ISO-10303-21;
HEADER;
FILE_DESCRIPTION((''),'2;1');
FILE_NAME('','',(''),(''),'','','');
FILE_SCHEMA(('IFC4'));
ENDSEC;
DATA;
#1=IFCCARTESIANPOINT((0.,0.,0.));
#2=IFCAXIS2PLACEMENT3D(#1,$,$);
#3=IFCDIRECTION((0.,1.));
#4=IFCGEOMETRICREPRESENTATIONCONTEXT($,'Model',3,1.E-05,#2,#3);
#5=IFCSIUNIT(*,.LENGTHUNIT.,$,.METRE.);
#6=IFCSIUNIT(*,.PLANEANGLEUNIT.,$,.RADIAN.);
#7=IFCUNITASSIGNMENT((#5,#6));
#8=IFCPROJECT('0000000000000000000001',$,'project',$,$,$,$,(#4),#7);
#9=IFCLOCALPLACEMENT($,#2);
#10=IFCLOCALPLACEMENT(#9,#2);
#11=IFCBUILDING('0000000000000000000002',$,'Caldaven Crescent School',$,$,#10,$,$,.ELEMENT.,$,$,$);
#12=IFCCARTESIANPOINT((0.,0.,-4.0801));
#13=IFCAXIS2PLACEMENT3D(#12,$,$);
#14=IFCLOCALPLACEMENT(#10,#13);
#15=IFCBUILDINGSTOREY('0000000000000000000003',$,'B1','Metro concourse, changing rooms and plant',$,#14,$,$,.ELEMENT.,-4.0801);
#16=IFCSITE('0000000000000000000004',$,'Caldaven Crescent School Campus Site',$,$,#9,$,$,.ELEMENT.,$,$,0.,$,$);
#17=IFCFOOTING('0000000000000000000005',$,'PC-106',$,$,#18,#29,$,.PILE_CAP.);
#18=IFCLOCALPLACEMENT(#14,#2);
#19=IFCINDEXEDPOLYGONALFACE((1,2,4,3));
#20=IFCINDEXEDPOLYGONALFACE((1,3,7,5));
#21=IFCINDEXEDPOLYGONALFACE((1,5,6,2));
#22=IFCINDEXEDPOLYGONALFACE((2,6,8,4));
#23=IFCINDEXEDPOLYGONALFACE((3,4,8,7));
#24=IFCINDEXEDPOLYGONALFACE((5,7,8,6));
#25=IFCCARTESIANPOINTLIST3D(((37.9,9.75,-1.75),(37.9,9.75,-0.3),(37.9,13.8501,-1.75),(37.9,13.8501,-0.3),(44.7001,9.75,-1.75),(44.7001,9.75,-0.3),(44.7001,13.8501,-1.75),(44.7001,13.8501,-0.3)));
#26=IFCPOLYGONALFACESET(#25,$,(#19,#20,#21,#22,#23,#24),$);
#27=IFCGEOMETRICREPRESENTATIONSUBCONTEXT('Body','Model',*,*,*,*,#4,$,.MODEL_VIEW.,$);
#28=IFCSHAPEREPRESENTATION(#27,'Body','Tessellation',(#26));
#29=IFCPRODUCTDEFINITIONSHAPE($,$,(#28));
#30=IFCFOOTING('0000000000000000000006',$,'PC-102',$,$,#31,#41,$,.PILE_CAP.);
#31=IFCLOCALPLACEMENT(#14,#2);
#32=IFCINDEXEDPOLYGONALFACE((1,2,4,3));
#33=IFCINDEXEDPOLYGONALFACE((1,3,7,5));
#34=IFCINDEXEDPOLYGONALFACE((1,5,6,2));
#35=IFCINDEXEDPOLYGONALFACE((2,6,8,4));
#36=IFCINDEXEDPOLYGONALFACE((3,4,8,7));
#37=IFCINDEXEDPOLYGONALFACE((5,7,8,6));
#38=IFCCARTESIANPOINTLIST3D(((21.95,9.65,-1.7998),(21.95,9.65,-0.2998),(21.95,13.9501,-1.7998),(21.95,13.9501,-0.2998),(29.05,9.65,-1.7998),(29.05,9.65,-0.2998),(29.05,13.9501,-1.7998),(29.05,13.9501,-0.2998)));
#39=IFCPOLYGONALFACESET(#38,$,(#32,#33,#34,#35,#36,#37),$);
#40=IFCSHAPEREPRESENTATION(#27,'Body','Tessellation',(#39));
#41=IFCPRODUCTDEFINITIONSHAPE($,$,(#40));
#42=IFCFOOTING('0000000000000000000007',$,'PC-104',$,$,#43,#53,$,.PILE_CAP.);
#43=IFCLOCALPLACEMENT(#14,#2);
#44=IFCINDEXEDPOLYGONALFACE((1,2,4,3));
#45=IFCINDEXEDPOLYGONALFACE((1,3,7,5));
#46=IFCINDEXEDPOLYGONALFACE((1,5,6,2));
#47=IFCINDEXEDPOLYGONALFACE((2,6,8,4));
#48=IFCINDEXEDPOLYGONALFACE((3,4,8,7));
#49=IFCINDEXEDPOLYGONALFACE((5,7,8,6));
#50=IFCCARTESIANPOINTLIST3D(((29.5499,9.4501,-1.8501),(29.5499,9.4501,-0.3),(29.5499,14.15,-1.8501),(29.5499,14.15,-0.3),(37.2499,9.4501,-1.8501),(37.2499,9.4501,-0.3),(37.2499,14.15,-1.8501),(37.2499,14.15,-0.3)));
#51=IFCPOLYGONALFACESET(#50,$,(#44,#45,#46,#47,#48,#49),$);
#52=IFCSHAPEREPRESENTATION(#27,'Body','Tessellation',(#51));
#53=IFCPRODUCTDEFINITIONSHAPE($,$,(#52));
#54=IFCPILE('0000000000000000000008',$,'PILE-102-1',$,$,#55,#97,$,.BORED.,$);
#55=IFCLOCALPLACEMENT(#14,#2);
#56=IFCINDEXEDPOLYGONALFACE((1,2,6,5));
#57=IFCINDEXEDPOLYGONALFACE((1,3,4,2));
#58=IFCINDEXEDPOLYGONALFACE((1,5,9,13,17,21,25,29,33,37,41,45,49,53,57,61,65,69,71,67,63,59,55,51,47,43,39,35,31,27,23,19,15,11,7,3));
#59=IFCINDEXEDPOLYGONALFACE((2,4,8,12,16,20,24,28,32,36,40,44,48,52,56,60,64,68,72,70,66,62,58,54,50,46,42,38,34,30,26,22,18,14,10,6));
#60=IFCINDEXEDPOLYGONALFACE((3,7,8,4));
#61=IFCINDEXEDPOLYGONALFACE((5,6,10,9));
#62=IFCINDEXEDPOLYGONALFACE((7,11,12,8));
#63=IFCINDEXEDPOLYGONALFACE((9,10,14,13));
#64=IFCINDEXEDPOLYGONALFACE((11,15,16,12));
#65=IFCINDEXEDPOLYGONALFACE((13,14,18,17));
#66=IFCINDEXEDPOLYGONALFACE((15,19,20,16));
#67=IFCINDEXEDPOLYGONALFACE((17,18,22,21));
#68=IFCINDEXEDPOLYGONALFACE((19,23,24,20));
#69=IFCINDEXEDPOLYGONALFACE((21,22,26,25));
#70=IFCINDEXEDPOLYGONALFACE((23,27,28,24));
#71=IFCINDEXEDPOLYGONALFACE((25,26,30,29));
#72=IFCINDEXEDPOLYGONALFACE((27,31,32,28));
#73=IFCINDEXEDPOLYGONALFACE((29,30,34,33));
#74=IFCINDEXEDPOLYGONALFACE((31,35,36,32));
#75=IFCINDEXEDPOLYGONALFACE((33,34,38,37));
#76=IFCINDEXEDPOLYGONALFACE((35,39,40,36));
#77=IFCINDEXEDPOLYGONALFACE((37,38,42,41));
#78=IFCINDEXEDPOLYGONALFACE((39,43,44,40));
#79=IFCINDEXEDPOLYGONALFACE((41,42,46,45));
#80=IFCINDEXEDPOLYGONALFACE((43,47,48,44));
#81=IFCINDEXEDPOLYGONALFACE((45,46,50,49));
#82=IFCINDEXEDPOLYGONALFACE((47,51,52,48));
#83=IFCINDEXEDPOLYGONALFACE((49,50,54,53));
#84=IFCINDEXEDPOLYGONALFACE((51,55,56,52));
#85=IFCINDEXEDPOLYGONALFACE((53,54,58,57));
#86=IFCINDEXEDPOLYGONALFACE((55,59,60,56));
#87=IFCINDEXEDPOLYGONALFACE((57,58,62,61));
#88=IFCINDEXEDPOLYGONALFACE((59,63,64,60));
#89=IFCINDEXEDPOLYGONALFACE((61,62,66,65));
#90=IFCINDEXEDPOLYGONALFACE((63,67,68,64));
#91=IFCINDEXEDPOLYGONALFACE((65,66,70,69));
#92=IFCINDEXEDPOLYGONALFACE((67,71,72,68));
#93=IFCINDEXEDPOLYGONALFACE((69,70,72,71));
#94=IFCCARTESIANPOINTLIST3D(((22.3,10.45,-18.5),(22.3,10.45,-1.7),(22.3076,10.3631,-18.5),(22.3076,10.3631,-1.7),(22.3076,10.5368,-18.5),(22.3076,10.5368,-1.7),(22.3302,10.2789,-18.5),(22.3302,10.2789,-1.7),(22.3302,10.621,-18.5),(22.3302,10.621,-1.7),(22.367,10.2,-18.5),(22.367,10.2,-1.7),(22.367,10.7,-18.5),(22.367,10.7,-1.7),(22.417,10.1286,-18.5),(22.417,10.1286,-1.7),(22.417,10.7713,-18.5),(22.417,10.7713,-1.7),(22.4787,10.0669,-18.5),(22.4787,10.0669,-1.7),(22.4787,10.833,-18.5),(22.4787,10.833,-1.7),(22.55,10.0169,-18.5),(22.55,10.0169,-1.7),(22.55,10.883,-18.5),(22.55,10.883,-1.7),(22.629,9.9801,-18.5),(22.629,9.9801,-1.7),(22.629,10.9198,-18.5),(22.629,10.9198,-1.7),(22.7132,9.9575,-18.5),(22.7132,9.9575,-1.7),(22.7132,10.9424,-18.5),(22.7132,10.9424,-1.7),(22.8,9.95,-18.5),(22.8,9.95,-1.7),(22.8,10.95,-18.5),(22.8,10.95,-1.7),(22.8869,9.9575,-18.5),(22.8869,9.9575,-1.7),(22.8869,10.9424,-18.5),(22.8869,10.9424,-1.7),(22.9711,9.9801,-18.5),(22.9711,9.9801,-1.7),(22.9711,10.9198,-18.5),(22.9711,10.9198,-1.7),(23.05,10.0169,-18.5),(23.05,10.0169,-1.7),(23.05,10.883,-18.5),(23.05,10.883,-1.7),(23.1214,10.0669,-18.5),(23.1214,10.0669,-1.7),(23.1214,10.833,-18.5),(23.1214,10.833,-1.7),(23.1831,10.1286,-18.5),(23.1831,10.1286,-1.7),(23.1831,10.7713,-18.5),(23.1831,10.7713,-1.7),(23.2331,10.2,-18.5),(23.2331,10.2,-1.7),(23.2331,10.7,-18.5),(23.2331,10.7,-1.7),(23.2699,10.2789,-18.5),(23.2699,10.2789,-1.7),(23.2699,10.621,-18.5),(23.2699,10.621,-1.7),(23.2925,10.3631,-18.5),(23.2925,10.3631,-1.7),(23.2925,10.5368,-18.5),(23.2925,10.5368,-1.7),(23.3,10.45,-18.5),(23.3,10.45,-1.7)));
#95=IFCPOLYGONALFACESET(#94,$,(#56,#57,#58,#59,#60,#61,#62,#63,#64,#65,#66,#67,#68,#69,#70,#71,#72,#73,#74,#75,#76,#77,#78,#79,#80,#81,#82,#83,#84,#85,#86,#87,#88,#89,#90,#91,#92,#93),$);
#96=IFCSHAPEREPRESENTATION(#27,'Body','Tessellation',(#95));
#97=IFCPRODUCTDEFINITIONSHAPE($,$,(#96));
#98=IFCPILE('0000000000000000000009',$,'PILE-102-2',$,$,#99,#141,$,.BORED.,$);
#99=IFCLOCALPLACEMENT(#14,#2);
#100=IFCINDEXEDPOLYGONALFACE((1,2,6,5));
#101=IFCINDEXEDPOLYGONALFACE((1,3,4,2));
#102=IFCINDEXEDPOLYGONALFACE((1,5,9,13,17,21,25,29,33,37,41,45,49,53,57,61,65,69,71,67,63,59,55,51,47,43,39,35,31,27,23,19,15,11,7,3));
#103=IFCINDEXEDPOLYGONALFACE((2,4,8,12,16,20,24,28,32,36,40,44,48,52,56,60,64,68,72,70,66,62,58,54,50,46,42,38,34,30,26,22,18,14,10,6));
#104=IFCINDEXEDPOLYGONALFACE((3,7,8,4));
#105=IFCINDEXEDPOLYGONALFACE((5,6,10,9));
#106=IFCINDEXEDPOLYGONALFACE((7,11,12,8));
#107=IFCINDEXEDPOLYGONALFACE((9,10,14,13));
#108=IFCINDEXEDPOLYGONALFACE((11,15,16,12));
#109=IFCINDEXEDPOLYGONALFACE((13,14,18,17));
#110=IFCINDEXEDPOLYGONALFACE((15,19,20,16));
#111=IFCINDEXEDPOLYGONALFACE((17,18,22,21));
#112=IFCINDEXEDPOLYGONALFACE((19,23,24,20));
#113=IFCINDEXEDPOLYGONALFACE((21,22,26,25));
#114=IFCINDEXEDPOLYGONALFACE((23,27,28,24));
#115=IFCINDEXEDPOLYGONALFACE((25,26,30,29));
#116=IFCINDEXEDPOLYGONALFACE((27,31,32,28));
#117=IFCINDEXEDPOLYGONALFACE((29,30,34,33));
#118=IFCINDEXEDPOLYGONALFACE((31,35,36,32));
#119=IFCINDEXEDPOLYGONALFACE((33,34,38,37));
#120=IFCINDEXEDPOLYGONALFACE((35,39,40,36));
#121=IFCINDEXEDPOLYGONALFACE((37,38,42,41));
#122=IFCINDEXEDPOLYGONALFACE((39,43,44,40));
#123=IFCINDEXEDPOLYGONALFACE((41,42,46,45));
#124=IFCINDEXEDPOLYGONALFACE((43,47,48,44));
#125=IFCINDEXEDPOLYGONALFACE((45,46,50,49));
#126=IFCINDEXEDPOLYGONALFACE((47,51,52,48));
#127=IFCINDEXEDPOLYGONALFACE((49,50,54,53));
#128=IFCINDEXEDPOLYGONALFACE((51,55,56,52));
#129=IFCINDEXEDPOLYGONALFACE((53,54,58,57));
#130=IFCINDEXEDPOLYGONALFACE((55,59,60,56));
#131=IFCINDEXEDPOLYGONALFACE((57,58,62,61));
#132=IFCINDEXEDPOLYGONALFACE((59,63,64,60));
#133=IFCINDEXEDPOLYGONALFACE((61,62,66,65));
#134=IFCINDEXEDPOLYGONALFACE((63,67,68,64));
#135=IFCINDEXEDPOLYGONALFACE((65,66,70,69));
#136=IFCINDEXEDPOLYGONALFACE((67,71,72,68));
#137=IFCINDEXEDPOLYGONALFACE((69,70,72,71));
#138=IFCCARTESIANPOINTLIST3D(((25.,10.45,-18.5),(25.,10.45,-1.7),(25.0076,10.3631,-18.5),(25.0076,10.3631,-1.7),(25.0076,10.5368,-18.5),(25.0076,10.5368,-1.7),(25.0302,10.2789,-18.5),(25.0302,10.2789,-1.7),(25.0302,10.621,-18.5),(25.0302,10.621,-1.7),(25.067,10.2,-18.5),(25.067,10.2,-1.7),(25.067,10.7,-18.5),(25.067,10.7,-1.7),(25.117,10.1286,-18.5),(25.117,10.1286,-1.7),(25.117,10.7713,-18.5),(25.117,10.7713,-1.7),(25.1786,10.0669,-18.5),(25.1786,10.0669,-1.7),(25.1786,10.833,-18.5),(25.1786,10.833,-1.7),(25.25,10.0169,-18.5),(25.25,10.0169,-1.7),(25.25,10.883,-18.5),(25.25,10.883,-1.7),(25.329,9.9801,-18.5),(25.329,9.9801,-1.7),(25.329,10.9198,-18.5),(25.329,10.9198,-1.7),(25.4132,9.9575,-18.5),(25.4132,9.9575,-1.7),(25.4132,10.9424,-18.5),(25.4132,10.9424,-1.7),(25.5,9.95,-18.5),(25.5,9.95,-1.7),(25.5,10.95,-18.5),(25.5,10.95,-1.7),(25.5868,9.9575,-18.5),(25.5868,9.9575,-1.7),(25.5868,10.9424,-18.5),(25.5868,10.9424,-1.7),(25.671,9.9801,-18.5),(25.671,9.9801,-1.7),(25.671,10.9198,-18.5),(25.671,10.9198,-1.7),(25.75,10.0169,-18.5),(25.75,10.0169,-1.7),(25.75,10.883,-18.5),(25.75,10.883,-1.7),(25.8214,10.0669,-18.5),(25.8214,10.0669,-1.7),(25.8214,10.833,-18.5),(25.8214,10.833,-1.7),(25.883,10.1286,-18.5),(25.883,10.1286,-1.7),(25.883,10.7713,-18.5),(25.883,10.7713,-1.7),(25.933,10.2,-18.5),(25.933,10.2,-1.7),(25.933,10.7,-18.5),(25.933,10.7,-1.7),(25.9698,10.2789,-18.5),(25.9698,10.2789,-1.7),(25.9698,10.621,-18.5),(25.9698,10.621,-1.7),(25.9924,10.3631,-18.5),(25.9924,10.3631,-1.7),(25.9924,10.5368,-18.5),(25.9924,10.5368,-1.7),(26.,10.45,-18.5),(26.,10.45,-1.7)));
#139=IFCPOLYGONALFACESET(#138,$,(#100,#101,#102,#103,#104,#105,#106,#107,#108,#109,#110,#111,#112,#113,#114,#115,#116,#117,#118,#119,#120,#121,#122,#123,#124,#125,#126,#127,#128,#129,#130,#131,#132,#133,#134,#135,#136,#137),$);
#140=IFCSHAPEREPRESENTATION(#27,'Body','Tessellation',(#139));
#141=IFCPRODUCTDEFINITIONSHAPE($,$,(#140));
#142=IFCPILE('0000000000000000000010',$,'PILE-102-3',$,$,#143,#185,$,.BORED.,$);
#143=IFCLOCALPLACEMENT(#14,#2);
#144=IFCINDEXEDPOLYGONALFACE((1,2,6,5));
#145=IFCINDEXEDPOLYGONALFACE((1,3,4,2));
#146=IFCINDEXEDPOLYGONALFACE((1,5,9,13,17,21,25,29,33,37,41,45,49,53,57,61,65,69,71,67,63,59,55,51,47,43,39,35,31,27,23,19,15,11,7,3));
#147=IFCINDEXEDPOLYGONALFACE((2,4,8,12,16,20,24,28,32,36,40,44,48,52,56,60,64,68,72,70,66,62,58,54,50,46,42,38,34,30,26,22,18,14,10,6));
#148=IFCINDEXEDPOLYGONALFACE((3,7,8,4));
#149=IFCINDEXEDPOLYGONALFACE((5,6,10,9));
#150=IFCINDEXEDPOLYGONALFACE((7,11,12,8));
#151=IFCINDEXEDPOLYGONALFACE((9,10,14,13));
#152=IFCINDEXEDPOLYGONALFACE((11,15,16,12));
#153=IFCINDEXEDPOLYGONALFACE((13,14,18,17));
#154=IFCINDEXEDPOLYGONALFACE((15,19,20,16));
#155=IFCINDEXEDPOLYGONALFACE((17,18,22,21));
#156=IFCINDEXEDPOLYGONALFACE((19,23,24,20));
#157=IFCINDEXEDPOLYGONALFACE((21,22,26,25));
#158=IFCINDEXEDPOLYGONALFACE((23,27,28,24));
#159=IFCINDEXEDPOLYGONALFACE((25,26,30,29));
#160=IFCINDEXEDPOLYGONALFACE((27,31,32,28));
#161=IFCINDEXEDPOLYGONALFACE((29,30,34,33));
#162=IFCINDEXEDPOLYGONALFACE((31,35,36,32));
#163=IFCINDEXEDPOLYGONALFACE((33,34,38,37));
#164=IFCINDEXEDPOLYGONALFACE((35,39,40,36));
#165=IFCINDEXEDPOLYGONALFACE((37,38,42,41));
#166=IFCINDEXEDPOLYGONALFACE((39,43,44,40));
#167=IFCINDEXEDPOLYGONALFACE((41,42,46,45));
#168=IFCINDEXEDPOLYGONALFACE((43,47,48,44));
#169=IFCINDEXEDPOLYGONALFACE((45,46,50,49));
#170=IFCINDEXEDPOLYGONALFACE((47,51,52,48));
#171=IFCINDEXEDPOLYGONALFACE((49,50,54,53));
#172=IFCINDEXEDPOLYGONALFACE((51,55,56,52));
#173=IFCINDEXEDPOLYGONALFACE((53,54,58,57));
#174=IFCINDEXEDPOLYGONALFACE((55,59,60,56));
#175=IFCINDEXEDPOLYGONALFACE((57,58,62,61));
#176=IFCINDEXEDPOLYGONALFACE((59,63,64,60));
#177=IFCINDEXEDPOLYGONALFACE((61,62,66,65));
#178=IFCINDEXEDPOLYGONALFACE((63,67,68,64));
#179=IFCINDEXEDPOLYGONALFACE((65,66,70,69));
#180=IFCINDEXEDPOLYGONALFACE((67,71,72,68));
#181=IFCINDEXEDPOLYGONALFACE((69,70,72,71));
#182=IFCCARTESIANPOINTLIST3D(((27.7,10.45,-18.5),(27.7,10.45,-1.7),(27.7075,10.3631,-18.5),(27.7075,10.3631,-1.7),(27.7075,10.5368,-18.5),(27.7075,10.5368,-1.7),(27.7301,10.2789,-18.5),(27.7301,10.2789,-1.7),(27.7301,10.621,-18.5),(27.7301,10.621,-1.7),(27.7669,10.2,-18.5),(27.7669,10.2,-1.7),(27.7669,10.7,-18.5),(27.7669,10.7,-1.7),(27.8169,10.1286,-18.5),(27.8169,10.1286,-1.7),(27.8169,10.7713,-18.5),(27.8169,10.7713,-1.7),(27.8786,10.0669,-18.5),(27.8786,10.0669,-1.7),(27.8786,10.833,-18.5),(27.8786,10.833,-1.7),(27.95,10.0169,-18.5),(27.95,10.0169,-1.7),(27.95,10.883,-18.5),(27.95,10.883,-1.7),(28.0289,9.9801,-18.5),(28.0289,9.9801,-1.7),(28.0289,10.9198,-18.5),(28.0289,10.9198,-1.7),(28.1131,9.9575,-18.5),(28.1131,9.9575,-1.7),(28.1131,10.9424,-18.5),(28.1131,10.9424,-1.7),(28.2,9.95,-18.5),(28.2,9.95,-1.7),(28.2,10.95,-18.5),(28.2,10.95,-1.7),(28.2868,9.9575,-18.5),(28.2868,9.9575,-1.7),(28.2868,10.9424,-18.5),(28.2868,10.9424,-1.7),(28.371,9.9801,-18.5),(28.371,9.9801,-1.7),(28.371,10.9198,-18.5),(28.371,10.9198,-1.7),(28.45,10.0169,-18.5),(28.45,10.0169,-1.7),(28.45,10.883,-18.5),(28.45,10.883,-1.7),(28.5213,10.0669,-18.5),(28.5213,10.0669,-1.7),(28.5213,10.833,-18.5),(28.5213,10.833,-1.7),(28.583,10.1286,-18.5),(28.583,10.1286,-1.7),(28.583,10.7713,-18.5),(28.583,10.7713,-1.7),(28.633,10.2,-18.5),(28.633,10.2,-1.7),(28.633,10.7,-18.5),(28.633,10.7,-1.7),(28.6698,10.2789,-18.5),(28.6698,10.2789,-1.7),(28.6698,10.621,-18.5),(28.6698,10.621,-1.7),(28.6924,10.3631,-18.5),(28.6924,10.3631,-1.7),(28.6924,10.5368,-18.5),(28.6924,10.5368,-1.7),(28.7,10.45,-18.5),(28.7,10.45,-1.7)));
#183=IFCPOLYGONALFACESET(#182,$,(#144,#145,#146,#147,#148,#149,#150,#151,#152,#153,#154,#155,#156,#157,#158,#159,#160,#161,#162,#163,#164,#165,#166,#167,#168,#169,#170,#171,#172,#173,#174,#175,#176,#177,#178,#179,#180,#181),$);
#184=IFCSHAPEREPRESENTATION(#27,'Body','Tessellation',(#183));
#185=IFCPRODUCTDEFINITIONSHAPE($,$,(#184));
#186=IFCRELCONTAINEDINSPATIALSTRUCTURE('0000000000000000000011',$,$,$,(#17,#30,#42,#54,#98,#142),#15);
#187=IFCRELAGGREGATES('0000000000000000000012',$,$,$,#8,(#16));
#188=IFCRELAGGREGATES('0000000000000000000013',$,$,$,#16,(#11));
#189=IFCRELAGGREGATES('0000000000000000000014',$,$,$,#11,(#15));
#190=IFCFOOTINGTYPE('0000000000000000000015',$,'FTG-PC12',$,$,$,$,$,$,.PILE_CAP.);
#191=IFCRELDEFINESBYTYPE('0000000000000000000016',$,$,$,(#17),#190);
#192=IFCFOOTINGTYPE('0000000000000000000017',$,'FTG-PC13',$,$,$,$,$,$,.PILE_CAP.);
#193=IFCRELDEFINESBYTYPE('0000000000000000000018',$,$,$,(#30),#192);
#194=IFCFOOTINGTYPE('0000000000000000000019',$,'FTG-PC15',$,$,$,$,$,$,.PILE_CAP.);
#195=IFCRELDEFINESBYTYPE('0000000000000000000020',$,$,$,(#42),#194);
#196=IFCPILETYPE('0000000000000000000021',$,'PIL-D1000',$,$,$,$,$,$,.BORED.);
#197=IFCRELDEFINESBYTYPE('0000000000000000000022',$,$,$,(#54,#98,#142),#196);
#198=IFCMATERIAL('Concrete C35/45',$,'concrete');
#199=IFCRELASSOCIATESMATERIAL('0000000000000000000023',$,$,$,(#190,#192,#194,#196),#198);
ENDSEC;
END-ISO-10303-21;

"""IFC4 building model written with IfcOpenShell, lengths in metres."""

from ifc_helpers import new_model, si_unit, direction, frame, origin, origin_2d, place, context, subcontext, project, spatial, rectangle, circle, extrude, material, material_profile, profile_set, type_object, element, save


model = new_model("IFC4")

# Units and contexts
model_context = context("Model", 3, precision=1e-05, world=origin(), true_north=direction((0.0, 1.0)))
body_context = subcontext(model_context, "Body", "Model", "MODEL_VIEW")
ifc_project = project(units=[si_unit("LENGTHUNIT", "METRE"), si_unit("PLANEANGLEUNIT", "RADIAN")], contexts=[model_context])

# Site, building, storey
site_placement = place(None, origin())
site = spatial("IfcSite", under=ifc_project, at=site_placement, Name="Caldaven Crescent School Campus Site", CompositionType="ELEMENT", RefElevation=0.0)
building_placement = place(site_placement, origin())
building = spatial("IfcBuilding", under=site, at=building_placement, Name="Caldaven Crescent School", CompositionType="ELEMENT")
storey_placement = place(building_placement, frame((0.0, 0.0, -4.0801)))
storey = spatial("IfcBuildingStorey", under=building, at=storey_placement, Name="B1", Description="Metro concourse, changing rooms and plant", CompositionType="ELEMENT", Elevation=-4.0801)

# Footings
ifc_material_1 = material(Name="Concrete C35/45", Category="concrete")
footing_type_1 = type_object("IfcFootingType", Name="FTG-PC12", PredefinedType="PILE_CAP", material=ifc_material_1)
footing_1_placement = place(storey_placement, frame((41.3, 11.8, -1.75), z_axis=(0.0, 0.0, 1.0), x_axis=(1.0, 0.0, 0.0)))
element("IfcFooting", 1, at=footing_1_placement, inside=storey, type_object=footing_type_1, Name="PC-106", PredefinedType="PILE_CAP", context=body_context, shape_type="SweptSolid", body=[
    extrude(rectangle(XDim=6.8, YDim=4.1001, at=origin_2d()), origin(), (0.0, 0.0, 1.0), 1.45),
])
footing_type_2 = type_object("IfcFootingType", Name="FTG-PC13", PredefinedType="PILE_CAP", material=ifc_material_1)
footing_2_placement = place(storey_placement, frame((25.5, 11.8, -1.7998), z_axis=(0.0, 0.0, 1.0), x_axis=(1.0, 0.0, 0.0)))
element("IfcFooting", 2, at=footing_2_placement, inside=storey, type_object=footing_type_2, Name="PC-102", PredefinedType="PILE_CAP", context=body_context, shape_type="SweptSolid", body=[
    extrude(rectangle(XDim=7.1001, YDim=4.3, at=origin_2d()), origin(), (0.0, 0.0, 1.0), 1.5),
])
footing_type_3 = type_object("IfcFootingType", Name="FTG-PC15", PredefinedType="PILE_CAP", material=ifc_material_1)
footing_3_placement = place(storey_placement, frame((33.3999, 11.8, -1.8501), z_axis=(0.0, 0.0, 1.0), x_axis=(1.0, 0.0, 0.0)))
element("IfcFooting", 3, at=footing_3_placement, inside=storey, type_object=footing_type_3, Name="PC-104", PredefinedType="PILE_CAP", context=body_context, shape_type="SweptSolid", body=[
    extrude(rectangle(XDim=7.7, YDim=4.7, at=origin_2d()), origin(), (0.0, 0.0, 1.0), 1.55),
])

# Piles
ifc_material_profile_1 = material_profile(ifc_material_1, circle(Radius=0.5, at=origin_2d()), Name="PILE D1000")
ifc_profile_set_1 = profile_set([ifc_material_profile_1], Name="Concrete C35/45")
pile_type = type_object("IfcPileType", Name="PIL-D1000", PredefinedType="BORED", material=ifc_profile_set_1)
for number, where, z_axis, x_axis, name in (
    (4, (22.8, 10.45, -1.7), (0.0, 0.0, -1.0), (1.0, 0.0, 0.0), "PILE-102-1"),
    (5, (25.5, 10.45, -1.7), (0.0, 0.0, -1.0), (1.0, 0.0, 0.0), "PILE-102-2"),
    (6, (28.2, 10.45, -1.7), (0.0, 0.0, -1.0), (1.0, 0.0, 0.0), "PILE-102-3"),
):
    element("IfcPile", number, at=place(storey_placement, frame(where, z_axis=z_axis, x_axis=x_axis)), inside=storey, type_object=pile_type, Name=name, PredefinedType="BORED", context=body_context, shape_type="SweptSolid", body=[
        extrude(circle(Radius=0.5, at=origin_2d()), origin(), (0.0, 0.0, 1.0), 16.8),
    ])

save(model, "model.ifc")
